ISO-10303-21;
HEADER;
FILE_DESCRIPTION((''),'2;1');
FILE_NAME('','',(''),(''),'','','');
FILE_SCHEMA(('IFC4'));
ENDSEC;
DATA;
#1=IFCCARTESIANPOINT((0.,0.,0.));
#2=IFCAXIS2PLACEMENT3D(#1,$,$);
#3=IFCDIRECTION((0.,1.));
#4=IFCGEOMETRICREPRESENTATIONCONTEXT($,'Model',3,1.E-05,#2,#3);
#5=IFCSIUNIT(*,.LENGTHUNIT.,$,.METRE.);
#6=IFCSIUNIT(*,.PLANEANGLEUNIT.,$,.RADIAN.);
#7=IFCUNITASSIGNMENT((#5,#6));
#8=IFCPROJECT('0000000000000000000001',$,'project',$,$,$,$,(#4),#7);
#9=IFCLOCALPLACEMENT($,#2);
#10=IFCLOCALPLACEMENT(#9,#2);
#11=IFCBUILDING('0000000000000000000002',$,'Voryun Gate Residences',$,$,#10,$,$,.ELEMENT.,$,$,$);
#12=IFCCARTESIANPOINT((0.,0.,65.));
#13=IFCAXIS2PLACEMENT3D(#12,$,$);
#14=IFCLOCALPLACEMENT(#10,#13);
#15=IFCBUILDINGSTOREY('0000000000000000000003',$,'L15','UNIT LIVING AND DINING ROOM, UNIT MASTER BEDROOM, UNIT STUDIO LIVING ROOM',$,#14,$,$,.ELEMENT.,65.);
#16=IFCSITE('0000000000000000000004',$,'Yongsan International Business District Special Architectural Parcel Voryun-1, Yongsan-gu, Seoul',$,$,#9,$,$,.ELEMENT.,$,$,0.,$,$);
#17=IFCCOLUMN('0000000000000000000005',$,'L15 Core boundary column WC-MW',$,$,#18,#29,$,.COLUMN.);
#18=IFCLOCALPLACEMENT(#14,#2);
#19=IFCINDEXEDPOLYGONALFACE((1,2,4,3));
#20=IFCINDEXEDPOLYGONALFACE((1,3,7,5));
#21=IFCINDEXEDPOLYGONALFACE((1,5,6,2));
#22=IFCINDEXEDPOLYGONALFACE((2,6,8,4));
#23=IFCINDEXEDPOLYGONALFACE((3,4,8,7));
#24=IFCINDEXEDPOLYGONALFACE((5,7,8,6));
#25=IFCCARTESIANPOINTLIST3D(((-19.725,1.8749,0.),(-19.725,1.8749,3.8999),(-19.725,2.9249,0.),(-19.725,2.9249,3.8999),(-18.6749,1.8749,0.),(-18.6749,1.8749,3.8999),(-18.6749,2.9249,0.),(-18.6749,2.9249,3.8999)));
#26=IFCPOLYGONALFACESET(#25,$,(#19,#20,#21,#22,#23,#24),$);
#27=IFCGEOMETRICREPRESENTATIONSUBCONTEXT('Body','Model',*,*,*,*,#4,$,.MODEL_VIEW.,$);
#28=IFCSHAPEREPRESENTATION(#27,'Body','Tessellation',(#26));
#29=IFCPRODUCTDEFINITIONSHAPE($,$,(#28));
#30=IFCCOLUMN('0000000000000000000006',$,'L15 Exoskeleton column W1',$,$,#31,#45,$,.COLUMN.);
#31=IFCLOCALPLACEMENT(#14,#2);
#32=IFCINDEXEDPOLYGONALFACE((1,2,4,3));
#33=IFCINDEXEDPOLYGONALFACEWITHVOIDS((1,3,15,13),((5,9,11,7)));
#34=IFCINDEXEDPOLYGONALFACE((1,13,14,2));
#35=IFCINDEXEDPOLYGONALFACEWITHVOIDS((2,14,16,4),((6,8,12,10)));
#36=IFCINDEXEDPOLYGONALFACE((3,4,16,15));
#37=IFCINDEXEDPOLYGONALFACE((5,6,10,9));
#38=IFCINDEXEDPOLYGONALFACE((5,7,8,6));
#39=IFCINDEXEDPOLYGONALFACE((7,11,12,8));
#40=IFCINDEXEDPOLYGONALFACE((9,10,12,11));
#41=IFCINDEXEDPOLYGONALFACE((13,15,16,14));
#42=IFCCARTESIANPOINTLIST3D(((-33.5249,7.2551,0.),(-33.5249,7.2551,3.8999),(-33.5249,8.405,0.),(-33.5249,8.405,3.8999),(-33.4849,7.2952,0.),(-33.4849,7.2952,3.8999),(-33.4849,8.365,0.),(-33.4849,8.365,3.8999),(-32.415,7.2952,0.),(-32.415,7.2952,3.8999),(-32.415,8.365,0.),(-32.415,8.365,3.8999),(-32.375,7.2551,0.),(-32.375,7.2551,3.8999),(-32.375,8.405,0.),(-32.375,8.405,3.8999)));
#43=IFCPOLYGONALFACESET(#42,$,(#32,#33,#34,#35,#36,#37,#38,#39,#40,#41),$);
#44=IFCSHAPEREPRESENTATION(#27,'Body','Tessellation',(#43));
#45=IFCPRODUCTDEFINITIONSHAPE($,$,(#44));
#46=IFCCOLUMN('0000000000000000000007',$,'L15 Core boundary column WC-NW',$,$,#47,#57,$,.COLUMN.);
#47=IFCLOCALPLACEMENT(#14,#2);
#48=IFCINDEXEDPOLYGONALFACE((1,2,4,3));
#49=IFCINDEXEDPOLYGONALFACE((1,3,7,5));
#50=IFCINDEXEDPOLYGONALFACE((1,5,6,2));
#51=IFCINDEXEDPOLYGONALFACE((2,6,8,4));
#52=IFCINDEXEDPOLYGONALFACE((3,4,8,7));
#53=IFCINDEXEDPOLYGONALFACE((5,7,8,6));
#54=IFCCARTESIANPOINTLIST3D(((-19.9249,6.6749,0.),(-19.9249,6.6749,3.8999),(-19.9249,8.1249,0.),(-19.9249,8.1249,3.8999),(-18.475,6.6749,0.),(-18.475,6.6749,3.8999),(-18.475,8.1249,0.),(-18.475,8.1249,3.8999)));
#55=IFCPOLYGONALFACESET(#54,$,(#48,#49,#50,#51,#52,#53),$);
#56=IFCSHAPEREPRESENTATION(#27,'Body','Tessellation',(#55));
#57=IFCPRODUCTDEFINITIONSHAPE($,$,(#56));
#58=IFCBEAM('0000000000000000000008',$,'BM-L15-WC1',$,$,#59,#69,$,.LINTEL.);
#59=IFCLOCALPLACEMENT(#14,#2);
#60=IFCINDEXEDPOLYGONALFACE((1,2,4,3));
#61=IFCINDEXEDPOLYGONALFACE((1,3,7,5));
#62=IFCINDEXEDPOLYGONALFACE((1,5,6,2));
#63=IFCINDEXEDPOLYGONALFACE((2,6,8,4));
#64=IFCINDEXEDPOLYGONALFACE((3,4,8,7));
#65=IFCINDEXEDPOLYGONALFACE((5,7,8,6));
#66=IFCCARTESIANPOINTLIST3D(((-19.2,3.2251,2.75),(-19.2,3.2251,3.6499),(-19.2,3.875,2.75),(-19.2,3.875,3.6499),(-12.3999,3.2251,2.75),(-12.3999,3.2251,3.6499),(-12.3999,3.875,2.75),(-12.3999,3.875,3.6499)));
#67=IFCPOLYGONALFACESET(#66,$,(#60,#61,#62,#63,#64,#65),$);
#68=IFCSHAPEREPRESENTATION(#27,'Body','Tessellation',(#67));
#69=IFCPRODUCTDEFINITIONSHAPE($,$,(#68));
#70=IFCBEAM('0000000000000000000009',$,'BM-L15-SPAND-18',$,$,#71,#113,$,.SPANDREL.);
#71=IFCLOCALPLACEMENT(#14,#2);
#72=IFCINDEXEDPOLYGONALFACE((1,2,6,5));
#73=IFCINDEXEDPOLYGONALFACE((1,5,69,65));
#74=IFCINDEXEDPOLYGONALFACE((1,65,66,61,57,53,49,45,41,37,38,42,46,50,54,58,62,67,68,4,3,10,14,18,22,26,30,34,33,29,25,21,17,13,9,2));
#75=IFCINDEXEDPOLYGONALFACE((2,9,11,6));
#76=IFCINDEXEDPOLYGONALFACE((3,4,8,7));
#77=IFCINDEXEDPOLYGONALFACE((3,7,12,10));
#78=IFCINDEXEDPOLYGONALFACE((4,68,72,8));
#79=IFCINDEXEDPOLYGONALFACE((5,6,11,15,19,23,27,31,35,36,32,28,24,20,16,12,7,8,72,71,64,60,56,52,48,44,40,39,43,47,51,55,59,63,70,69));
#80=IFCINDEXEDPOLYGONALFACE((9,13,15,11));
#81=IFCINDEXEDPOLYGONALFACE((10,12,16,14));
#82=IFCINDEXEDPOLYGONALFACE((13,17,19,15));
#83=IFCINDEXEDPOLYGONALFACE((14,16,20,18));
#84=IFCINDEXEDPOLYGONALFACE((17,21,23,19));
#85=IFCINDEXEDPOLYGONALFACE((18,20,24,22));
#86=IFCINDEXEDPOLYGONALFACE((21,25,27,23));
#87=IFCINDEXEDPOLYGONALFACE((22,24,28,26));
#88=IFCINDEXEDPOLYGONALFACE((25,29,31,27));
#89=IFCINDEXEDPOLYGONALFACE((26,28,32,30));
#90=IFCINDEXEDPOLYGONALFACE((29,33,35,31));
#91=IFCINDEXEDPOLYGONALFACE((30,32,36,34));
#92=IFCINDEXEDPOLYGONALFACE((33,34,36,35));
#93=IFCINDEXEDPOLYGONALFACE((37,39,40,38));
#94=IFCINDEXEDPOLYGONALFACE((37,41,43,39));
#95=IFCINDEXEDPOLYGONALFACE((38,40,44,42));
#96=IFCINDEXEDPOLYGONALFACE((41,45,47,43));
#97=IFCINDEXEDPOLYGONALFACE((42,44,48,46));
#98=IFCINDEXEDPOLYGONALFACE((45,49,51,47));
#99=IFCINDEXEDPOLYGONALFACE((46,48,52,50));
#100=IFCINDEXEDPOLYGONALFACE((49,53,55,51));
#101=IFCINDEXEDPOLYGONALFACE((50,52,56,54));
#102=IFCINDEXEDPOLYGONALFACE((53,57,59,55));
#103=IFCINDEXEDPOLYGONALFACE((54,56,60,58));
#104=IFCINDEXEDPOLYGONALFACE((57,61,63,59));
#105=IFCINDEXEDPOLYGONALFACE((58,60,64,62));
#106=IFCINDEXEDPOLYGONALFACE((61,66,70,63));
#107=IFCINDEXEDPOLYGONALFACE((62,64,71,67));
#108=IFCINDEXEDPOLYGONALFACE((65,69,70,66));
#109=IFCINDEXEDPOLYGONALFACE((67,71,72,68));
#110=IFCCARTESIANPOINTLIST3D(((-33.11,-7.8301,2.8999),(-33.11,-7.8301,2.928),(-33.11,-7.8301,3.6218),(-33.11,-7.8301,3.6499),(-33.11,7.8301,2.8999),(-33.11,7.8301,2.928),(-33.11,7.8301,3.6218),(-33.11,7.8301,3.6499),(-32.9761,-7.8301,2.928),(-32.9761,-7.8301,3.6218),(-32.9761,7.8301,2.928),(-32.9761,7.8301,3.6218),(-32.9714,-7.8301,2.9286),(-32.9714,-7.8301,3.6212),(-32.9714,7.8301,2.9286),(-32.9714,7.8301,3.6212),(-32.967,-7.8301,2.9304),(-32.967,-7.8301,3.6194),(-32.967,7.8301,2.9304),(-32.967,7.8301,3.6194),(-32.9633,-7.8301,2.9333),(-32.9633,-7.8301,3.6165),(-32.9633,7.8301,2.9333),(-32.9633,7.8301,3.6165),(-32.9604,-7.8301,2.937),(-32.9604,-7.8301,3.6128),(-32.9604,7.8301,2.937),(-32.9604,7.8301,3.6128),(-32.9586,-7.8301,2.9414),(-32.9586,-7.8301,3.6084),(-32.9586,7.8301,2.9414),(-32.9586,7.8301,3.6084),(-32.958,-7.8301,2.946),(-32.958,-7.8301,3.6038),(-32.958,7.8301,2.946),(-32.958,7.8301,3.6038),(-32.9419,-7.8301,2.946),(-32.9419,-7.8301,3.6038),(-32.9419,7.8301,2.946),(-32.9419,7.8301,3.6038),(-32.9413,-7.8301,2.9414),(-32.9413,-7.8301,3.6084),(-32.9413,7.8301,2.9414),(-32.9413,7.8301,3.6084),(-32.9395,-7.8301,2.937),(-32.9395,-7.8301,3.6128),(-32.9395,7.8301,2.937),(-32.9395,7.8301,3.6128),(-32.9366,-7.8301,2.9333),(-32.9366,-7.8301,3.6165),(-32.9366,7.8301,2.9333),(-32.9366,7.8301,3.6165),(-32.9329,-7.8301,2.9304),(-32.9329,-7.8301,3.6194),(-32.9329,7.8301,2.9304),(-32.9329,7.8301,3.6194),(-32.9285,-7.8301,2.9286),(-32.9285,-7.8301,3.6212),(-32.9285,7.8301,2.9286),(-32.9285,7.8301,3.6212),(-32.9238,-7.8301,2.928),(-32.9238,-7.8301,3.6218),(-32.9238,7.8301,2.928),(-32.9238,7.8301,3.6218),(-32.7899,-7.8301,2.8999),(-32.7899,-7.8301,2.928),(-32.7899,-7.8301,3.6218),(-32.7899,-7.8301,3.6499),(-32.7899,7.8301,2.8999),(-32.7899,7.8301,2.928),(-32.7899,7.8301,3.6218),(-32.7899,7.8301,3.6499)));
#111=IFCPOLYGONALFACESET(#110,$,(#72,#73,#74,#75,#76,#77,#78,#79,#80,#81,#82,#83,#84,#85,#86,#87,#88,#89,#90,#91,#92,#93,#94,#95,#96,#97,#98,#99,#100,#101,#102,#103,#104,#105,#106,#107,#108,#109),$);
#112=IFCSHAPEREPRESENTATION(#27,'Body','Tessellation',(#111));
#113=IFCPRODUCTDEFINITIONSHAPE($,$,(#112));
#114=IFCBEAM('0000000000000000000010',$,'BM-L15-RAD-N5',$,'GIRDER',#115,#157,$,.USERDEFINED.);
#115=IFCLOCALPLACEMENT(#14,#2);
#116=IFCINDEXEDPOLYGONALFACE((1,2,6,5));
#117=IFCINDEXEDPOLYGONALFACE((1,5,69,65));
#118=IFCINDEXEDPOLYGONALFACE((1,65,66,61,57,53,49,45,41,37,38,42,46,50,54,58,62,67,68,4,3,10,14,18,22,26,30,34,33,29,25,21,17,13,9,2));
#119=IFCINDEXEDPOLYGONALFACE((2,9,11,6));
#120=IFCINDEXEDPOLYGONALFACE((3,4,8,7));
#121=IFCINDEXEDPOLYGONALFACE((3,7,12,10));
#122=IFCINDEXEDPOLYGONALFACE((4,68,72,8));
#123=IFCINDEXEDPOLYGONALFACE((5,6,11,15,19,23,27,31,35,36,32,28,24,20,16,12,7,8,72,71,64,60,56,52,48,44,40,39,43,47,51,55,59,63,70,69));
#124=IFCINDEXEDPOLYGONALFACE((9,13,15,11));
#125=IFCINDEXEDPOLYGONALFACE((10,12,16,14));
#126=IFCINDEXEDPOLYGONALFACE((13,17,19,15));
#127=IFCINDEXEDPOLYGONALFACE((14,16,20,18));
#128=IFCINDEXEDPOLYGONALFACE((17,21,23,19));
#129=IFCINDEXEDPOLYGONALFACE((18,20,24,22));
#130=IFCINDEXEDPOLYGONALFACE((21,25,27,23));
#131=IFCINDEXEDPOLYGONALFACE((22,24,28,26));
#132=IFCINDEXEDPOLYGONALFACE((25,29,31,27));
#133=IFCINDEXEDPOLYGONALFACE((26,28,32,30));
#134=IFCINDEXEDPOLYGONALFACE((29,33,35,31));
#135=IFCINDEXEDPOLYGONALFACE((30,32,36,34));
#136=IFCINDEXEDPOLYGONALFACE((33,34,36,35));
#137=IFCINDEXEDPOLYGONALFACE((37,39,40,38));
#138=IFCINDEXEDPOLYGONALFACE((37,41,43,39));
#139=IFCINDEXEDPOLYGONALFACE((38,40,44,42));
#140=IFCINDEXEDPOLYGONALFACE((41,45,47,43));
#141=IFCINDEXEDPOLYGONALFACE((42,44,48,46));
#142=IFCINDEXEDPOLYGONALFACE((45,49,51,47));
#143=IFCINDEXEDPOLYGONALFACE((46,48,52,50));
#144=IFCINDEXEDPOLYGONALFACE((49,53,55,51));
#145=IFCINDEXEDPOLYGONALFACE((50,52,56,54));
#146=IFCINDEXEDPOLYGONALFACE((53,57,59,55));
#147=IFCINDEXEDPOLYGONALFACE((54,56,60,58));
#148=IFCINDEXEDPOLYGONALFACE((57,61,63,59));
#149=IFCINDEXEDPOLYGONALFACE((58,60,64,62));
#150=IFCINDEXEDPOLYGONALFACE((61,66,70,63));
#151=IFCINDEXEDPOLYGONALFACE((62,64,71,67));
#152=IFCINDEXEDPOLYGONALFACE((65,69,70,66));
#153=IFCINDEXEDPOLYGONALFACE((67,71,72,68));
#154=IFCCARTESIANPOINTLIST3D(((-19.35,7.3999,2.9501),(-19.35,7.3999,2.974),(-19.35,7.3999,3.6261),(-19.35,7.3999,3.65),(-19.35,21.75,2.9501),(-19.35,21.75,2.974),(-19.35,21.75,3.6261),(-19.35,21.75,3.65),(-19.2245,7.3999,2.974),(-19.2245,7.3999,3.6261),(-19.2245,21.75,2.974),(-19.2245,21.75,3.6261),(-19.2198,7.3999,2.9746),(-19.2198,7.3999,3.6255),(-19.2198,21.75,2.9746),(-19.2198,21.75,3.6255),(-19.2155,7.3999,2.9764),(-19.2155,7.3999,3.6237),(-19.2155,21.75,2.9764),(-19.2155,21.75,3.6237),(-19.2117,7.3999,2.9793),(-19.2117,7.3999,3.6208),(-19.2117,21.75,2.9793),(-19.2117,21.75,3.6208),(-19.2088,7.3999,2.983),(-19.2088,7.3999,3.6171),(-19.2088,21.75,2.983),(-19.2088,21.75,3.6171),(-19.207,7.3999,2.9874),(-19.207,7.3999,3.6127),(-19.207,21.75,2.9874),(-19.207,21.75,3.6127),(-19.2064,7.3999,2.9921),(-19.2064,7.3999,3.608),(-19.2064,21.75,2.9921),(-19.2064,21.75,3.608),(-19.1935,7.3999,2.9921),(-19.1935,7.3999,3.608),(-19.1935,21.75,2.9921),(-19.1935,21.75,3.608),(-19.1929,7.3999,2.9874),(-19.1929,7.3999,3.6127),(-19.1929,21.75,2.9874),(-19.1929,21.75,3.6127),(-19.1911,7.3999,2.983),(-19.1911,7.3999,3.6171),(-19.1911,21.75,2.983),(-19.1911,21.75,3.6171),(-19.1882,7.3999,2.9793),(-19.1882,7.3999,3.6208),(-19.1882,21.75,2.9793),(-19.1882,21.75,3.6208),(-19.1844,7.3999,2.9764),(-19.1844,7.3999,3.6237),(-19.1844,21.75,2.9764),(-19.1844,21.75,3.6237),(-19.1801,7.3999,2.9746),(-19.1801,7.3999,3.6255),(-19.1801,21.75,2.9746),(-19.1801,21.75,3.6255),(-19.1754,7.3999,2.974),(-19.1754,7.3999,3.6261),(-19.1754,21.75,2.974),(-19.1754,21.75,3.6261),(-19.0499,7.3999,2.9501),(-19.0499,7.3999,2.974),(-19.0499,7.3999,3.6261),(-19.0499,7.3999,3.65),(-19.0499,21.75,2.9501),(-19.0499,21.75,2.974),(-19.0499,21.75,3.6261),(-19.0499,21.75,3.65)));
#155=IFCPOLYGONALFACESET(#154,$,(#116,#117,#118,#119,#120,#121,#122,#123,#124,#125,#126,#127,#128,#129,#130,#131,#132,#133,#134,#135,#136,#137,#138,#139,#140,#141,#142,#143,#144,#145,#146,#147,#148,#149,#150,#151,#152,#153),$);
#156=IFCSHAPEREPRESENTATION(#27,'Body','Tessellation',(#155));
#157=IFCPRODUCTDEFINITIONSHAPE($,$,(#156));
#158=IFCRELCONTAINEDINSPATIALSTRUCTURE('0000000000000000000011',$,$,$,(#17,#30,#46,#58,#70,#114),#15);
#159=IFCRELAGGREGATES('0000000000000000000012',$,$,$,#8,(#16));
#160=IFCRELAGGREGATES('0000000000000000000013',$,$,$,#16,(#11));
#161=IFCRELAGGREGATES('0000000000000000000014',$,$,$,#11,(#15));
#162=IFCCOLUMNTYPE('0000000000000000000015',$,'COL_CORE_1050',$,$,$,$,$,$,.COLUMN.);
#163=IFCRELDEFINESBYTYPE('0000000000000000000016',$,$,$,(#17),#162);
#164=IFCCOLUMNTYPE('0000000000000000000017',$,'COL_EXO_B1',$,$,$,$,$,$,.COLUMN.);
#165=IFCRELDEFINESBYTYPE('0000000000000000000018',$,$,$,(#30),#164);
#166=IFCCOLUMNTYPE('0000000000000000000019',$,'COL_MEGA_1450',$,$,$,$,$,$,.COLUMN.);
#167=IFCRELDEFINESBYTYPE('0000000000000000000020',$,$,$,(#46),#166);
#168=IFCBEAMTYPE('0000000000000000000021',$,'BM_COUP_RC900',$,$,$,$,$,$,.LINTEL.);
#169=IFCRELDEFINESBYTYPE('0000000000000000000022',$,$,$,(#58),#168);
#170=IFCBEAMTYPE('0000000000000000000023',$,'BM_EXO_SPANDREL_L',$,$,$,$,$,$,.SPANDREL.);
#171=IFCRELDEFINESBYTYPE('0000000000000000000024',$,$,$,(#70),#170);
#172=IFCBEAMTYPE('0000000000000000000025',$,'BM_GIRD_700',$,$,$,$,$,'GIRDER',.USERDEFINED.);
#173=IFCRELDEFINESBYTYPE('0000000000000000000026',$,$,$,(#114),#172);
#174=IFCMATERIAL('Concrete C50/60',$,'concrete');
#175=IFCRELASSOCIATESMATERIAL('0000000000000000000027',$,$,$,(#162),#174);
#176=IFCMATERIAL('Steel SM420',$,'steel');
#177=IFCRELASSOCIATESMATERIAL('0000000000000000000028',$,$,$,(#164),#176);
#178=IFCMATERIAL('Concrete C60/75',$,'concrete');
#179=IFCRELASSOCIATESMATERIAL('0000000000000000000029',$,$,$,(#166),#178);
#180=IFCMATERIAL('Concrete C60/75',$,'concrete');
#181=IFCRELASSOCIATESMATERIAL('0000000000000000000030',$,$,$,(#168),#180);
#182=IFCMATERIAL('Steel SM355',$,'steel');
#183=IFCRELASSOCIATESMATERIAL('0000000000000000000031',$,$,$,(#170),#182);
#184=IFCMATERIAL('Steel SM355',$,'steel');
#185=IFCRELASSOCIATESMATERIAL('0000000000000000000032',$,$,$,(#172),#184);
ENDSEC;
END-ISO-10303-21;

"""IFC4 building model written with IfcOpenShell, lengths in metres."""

from ifc_helpers import new_model, si_unit, direction, frame, origin, origin_2d, place, context, subcontext, project, spatial, rectangle, hollow_rectangle, i_section, extrude, material, material_profile, profile_set, type_object, element, save


model = new_model("IFC4")

# Units and contexts
model_context = context("Model", 3, precision=1e-05, world=origin(), true_north=direction((0.0, 1.0)))
body_context = subcontext(model_context, "Body", "Model", "MODEL_VIEW")
ifc_project = project(units=[si_unit("LENGTHUNIT", "METRE"), si_unit("PLANEANGLEUNIT", "RADIAN")], contexts=[model_context])

# Site, building, storey
site_placement = place(None, origin())
site = spatial("IfcSite", under=ifc_project, at=site_placement, Name="Yongsan International Business District Special Architectural Parcel Voryun-1, Yongsan-gu, Seoul", CompositionType="ELEMENT", RefElevation=0.0)
building_placement = place(site_placement, origin())
building = spatial("IfcBuilding", under=site, at=building_placement, Name="Voryun Gate Residences", CompositionType="ELEMENT")
storey_placement = place(building_placement, frame((0.0, 0.0, 65.0)))
storey = spatial("IfcBuildingStorey", under=building, at=storey_placement, Name="L15", Description="UNIT LIVING AND DINING ROOM, UNIT MASTER BEDROOM, UNIT STUDIO LIVING ROOM", CompositionType="ELEMENT", Elevation=65.0)

# Columns
ifc_material_1 = material(Name="Concrete C50/60", Category="concrete")
ifc_material_profile_1 = material_profile(ifc_material_1, rectangle(XDim=1.05, YDim=1.05, at=origin_2d()), Name="RC-1050x1050")
ifc_profile_set_1 = profile_set([ifc_material_profile_1], Name="Concrete C50/60")
column_type_1 = type_object("IfcColumnType", Name="COL_CORE_1050", PredefinedType="COLUMN", material=ifc_profile_set_1)
column_1_placement = place(storey_placement, frame((-19.2, 2.3999, 0.0), z_axis=(0.0, 0.0, 1.0), x_axis=(1.0, 0.0, 0.0)))
element("IfcColumn", 1, at=column_1_placement, inside=storey, type_object=column_type_1, Name="L15 Core boundary column WC-MW", PredefinedType="COLUMN", context=body_context, shape_type="SweptSolid", body=[
    extrude(rectangle(XDim=1.05, YDim=1.05, at=origin_2d()), origin(), (0.0, 0.0, 1.0), 3.8999),
])
ifc_material_2 = material(Name="Steel SM420", Category="steel")
ifc_material_profile_2 = material_profile(ifc_material_2, hollow_rectangle(XDim=1.1499, YDim=1.1499, WallThickness=0.04, at=origin_2d()), Name="BOX-1150x1150x40")
ifc_profile_set_2 = profile_set([ifc_material_profile_2], Name="Steel SM420")
column_type_2 = type_object("IfcColumnType", Name="COL_EXO_B1", PredefinedType="COLUMN", material=ifc_profile_set_2)
column_2_placement = place(storey_placement, frame((-32.95, 7.8301, 0.0), z_axis=(0.0, 0.0, 1.0), x_axis=(1.0, 0.0, 0.0)))
element("IfcColumn", 2, at=column_2_placement, inside=storey, type_object=column_type_2, Name="L15 Exoskeleton column W1", PredefinedType="COLUMN", context=body_context, shape_type="SweptSolid", body=[
    extrude(hollow_rectangle(XDim=1.1499, YDim=1.1499, WallThickness=0.04, at=origin_2d()), origin(), (0.0, 0.0, 1.0), 3.8999),
])
ifc_material_3 = material(Name="Concrete C60/75", Category="concrete")
ifc_material_profile_3 = material_profile(ifc_material_3, rectangle(XDim=1.45, YDim=1.45, at=origin_2d()), Name="RC-1450x1450")
ifc_profile_set_3 = profile_set([ifc_material_profile_3], Name="Concrete C60/75")
column_type_3 = type_object("IfcColumnType", Name="COL_MEGA_1450", PredefinedType="COLUMN", material=ifc_profile_set_3)
column_3_placement = place(storey_placement, frame((-19.2, 7.3999, 0.0), z_axis=(0.0, 0.0, 1.0), x_axis=(1.0, 0.0, 0.0)))
element("IfcColumn", 3, at=column_3_placement, inside=storey, type_object=column_type_3, Name="L15 Core boundary column WC-NW", PredefinedType="COLUMN", context=body_context, shape_type="SweptSolid", body=[
    extrude(rectangle(XDim=1.45, YDim=1.45, at=origin_2d()), origin(), (0.0, 0.0, 1.0), 3.8999),
])

# Beams
ifc_material_4 = material(Name="Concrete C60/75", Category="concrete")
ifc_material_profile_4 = material_profile(ifc_material_4, rectangle(XDim=0.6499, YDim=0.8999, at=origin_2d()), Name="RC-650x900")
ifc_profile_set_4 = profile_set([ifc_material_profile_4], Name="Concrete C60/75")
beam_type_1 = type_object("IfcBeamType", Name="BM_COUP_RC900", PredefinedType="LINTEL", material=ifc_profile_set_4)
beam_1_placement = place(storey_placement, frame((-19.2, 3.55, 3.2), z_axis=(1.0, 0.0, 0.0), x_axis=(0.0, 1.0, 0.0)))
element("IfcBeam", 4, at=beam_1_placement, inside=storey, type_object=beam_type_1, Name="BM-L15-WC1", PredefinedType="LINTEL", context=body_context, shape_type="SweptSolid", body=[
    extrude(rectangle(XDim=0.6499, YDim=0.8999, at=origin_2d()), origin(), (0.0, 0.0, 1.0), 6.8),
])
ifc_material_5 = material(Name="Steel SM355", Category="steel")
ifc_material_profile_5 = material_profile(ifc_material_5, i_section(OverallWidth=0.3201, OverallDepth=0.75, WebThickness=0.0161, FlangeThickness=0.0281, FilletRadius=0.0181, at=origin_2d()), Name="H-750x320x16x28")
ifc_profile_set_5 = profile_set([ifc_material_profile_5], Name="Steel SM355")
beam_type_2 = type_object("IfcBeamType", Name="BM_EXO_SPANDREL_L", PredefinedType="SPANDREL", material=ifc_profile_set_5)
beam_2_placement = place(storey_placement, frame((-32.95, 7.8301, 3.2749), z_axis=(0.0, -1.0, 0.0), x_axis=(1.0, 0.0, 0.0)))
element("IfcBeam", 5, at=beam_2_placement, inside=storey, type_object=beam_type_2, Name="BM-L15-SPAND-18", PredefinedType="SPANDREL", context=body_context, shape_type="SweptSolid", body=[
    extrude(i_section(OverallWidth=0.3201, OverallDepth=0.75, WebThickness=0.0161, FlangeThickness=0.0281, FilletRadius=0.0181, at=origin_2d()), origin(), (0.0, 0.0, 1.0), 15.6602),
])
ifc_material_6 = material(Name="Steel SM355", Category="steel")
ifc_material_profile_6 = material_profile(ifc_material_6, i_section(OverallWidth=0.3, OverallDepth=0.7, WebThickness=0.0129, FlangeThickness=0.0239, FilletRadius=0.0181, at=origin_2d()), Name="H-700x300x13x24")
ifc_profile_set_6 = profile_set([ifc_material_profile_6], Name="Steel SM355")
beam_type_3 = type_object("IfcBeamType", Name="BM_GIRD_700", ElementType="GIRDER", PredefinedType="USERDEFINED", material=ifc_profile_set_6)
beam_3_placement = place(storey_placement, frame((-19.2, 7.3999, 3.3), z_axis=(0.0, 1.0, 0.0), x_axis=(-1.0, 0.0, 0.0)))
element("IfcBeam", 6, at=beam_3_placement, inside=storey, type_object=beam_type_3, Name="BM-L15-RAD-N5", ObjectType="GIRDER", PredefinedType="USERDEFINED", context=body_context, shape_type="SweptSolid", body=[
    extrude(i_section(OverallWidth=0.3, OverallDepth=0.7, WebThickness=0.0129, FlangeThickness=0.0239, FilletRadius=0.0181, at=origin_2d()), origin(), (0.0, 0.0, 1.0), 14.3501),
])

save(model, "model.ifc")
